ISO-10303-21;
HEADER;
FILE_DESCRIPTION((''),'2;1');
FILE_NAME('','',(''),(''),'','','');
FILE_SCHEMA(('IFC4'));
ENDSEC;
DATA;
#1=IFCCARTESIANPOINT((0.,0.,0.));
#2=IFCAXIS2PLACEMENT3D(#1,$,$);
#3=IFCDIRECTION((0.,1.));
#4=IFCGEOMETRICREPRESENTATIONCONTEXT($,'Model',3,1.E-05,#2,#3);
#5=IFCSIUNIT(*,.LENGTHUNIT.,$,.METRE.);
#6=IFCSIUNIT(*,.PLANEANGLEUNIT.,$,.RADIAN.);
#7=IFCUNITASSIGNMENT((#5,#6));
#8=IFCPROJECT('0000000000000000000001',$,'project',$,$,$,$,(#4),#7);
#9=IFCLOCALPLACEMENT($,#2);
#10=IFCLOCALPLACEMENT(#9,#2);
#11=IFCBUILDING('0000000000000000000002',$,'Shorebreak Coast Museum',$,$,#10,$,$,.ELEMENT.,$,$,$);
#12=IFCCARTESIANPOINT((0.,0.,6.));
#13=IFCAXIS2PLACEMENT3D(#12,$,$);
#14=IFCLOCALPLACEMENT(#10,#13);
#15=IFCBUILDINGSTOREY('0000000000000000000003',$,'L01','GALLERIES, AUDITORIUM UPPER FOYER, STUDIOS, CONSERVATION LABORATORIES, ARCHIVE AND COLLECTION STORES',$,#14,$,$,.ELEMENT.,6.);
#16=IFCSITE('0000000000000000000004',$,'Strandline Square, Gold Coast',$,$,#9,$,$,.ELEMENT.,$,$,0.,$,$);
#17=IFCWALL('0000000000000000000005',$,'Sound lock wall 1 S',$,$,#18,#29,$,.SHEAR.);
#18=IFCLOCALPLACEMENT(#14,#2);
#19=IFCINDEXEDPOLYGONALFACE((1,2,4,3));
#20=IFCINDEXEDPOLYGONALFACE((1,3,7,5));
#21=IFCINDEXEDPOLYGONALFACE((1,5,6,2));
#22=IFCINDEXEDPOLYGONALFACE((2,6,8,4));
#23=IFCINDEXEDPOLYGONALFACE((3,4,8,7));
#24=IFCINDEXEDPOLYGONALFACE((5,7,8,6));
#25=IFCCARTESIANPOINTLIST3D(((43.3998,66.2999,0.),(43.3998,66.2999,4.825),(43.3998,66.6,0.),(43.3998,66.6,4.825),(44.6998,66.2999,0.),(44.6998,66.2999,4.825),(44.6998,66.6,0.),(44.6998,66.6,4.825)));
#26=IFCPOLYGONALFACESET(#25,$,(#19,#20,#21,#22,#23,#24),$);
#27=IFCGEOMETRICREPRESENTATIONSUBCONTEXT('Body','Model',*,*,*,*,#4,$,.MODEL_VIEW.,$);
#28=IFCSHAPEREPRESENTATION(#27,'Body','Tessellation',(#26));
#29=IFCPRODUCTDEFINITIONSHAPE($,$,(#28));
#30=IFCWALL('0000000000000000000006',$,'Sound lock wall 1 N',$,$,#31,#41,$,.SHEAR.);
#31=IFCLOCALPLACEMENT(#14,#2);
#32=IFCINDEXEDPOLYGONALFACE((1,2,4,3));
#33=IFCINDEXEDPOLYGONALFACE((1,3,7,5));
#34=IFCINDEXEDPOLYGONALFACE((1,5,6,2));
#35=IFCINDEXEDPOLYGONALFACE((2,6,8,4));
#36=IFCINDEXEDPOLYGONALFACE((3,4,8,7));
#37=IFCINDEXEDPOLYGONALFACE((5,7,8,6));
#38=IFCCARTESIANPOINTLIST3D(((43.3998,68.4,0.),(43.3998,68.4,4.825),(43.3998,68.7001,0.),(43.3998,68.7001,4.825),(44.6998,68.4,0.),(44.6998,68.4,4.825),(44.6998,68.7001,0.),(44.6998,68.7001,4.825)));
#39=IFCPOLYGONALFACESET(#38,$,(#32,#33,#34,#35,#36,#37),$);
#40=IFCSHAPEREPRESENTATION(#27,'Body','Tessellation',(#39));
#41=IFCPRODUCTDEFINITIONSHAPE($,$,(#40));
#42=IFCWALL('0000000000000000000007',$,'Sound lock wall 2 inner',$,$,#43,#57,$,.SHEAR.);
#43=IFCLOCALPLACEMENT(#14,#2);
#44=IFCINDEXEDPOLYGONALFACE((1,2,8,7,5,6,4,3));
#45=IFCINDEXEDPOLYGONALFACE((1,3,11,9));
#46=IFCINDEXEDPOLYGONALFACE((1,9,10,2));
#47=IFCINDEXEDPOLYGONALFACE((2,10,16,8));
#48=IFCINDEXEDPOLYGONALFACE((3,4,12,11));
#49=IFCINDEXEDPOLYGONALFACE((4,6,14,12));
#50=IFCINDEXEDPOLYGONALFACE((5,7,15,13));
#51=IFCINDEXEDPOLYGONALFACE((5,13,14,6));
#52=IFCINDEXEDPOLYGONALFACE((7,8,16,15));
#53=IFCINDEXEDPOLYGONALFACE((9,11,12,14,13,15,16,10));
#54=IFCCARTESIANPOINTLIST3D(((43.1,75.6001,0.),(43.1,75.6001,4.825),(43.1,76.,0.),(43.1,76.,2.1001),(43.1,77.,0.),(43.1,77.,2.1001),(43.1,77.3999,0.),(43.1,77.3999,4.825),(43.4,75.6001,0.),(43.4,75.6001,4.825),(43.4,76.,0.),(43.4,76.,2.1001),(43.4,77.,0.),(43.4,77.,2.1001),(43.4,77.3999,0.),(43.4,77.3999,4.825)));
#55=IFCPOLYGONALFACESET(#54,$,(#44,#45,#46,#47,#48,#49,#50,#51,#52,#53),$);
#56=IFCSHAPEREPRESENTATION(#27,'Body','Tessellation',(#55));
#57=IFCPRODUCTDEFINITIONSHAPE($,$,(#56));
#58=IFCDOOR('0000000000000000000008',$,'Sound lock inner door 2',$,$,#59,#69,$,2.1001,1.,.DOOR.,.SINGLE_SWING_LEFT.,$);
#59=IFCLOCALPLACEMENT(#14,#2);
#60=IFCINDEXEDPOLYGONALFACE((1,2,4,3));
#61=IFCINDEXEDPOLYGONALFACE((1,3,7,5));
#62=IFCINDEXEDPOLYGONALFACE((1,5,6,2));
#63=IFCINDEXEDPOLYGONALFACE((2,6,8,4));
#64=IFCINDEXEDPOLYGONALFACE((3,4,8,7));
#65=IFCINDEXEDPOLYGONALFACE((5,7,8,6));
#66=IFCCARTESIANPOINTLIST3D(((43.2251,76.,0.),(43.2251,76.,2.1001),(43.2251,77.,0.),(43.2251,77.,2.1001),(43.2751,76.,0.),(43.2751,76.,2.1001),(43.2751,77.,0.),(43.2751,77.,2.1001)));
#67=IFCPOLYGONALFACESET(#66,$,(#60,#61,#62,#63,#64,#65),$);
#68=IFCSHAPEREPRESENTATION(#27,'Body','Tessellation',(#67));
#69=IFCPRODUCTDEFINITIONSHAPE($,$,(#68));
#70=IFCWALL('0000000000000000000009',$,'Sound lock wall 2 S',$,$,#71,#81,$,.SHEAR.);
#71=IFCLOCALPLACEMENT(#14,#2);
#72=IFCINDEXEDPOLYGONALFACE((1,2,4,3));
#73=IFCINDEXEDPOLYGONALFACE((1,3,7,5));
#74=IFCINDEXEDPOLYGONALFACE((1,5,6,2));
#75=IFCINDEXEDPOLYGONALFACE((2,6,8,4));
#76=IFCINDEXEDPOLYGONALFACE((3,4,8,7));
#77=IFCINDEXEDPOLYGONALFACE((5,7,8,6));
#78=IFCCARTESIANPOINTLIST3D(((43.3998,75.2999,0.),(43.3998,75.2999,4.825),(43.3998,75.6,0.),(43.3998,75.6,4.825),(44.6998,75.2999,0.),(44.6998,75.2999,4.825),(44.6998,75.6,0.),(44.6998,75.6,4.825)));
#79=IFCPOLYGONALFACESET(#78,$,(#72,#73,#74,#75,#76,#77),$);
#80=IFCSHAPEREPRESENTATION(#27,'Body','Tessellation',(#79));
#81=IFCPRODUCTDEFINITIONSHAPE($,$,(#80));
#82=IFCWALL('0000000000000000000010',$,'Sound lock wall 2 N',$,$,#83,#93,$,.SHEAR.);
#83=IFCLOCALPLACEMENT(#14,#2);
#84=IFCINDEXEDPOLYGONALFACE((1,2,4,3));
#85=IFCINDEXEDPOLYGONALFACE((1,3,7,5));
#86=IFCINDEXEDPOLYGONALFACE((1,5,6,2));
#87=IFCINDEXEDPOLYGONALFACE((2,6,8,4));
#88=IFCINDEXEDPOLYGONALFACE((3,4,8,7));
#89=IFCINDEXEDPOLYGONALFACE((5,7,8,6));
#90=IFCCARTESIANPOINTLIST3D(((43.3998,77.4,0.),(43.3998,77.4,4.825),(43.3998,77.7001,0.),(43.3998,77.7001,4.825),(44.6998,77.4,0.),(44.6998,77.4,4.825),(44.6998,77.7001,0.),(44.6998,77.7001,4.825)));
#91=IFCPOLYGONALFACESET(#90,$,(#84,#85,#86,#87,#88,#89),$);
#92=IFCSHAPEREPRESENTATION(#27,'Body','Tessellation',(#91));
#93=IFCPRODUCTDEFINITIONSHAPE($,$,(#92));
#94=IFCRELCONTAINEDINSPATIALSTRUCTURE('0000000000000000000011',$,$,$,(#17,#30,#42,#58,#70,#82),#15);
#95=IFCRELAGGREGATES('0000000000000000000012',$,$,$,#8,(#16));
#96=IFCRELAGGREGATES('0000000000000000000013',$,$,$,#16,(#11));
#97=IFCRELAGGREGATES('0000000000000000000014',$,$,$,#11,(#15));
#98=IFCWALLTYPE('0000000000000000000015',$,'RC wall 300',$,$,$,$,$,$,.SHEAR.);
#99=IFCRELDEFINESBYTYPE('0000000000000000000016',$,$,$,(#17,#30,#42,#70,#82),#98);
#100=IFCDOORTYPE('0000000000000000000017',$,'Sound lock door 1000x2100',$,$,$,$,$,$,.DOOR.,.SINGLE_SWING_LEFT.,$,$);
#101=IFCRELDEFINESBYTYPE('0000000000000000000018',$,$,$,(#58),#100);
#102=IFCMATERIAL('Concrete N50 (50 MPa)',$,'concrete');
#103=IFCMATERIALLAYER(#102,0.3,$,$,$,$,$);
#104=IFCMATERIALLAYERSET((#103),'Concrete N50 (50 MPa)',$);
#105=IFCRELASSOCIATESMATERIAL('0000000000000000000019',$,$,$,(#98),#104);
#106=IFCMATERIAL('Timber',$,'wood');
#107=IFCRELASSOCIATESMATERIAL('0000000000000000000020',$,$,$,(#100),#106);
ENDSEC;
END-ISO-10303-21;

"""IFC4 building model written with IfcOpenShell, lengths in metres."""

from ifc_helpers import new_model, si_unit, direction, frame, frame_2d, origin, place, context, subcontext, project, spatial, rectangle, extrude, material, layer, layer_set, type_object, element, fill, save


model = new_model("IFC4")

# Units and contexts
model_context = context("Model", 3, precision=1e-05, world=origin(), true_north=direction((0.0, 1.0)))
body_context = subcontext(model_context, "Body", "Model", "MODEL_VIEW")
ifc_project = project(units=[si_unit("LENGTHUNIT", "METRE"), si_unit("PLANEANGLEUNIT", "RADIAN")], contexts=[model_context])

# Site, building, storey
site_placement = place(None, origin())
site = spatial("IfcSite", under=ifc_project, at=site_placement, Name="Strandline Square, Gold Coast", CompositionType="ELEMENT", RefElevation=0.0)
building_placement = place(site_placement, origin())
building = spatial("IfcBuilding", under=site, at=building_placement, Name="Shorebreak Coast Museum", CompositionType="ELEMENT")
storey_placement = place(building_placement, frame((0.0, 0.0, 6.0)))
storey = spatial("IfcBuildingStorey", under=building, at=storey_placement, Name="L01", Description="GALLERIES, AUDITORIUM UPPER FOYER, STUDIOS, CONSERVATION LABORATORIES, ARCHIVE AND COLLECTION STORES", CompositionType="ELEMENT", Elevation=6.0)

# Shared definitions
ifc_material_1 = material(Name="Concrete N50 (50 MPa)", Category="concrete")
ifc_layer = layer(ifc_material_1, 0.3)
ifc_layer_set = layer_set([ifc_layer], Name="Concrete N50 (50 MPa)")
wall_type = type_object("IfcWallType", Name="RC wall 300", PredefinedType="SHEAR", material=ifc_layer_set)

# Shared definitions
ifc_material_2 = material(Name="Timber", Category="wood")
door_type = type_object("IfcDoorType", Name="Sound lock door 1000x2100", OperationType="SINGLE_SWING_LEFT", PredefinedType="DOOR", material=ifc_material_2)

# Walls
for number, where, z_axis, x_axis, name in (
    (1, (43.3999, 66.45, 0.0), (0.0, 0.0, 1.0), (1.0, 0.0, 0.0), "Sound lock wall 1 S"),
    (2, (43.3999, 68.55, 0.0), (0.0, 0.0, 1.0), (1.0, 0.0, 0.0), "Sound lock wall 1 N"),
):
    element("IfcWall", number, at=place(storey_placement, frame(where, z_axis=z_axis, x_axis=x_axis)), inside=storey, type_object=wall_type, Name=name, PredefinedType="SHEAR", context=body_context, shape_type="SweptSolid", body=[
        extrude(rectangle(XDim=1.3, YDim=0.3, at=frame_2d((0.6499, 0.0))), origin(), (0.0, 0.0, 1.0), 4.825),
    ])

# Wall, opening, door
wall_1_placement = place(storey_placement, frame((43.25, 75.6001, 0.0), z_axis=(0.0, 0.0, 1.0), x_axis=(0.0, 1.0, 0.0)))
wall_1 = element("IfcWall", 3, at=wall_1_placement, inside=storey, type_object=wall_type, Name="Sound lock wall 2 inner", PredefinedType="SHEAR", context=body_context, shape_type="SweptSolid", body=[
    extrude(rectangle(XDim=1.7998, YDim=0.3, at=frame_2d((0.8999, 0.0))), origin(), (0.0, 0.0, 1.0), 4.825),
])
opening_1_placement = place(wall_1_placement, frame((0.3999, 0.0, 0.0)))
opening_1 = element("IfcOpeningElement", 4, at=opening_1_placement, cuts=wall_1, PredefinedType="OPENING", context=body_context, shape_type="SweptSolid", body=[
    extrude(rectangle(XDim=1.0, YDim=2.1001, at=frame_2d((0.5, 1.05))), frame((0.0, 0.1599, 0.0), z_axis=(0.0, -1.0, 0.0), x_axis=(1.0, 0.0, 0.0)), (0.0, 0.0, 1.0), 0.3201),
])
door_1_placement = place(opening_1_placement, origin())
door_1 = element("IfcDoor", 5, at=door_1_placement, inside=storey, type_object=door_type, Name="Sound lock inner door 2", OperationType="SINGLE_SWING_LEFT", OverallHeight=2.1001, OverallWidth=1.0, PredefinedType="DOOR", context=body_context, shape_type="SweptSolid", body=[
    extrude(rectangle(XDim=1.0, YDim=2.1001, at=frame_2d((0.5, 1.05))), frame((0.0, 0.0249, 0.0), z_axis=(0.0, -1.0, 0.0), x_axis=(1.0, 0.0, 0.0)), (0.0, 0.0, 1.0), 0.05),
])
fill(opening_1, door_1)

# Walls
for number, where, z_axis, x_axis, name in (
    (6, (43.3999, 75.45, 0.0), (0.0, 0.0, 1.0), (1.0, 0.0, 0.0), "Sound lock wall 2 S"),
    (7, (43.3999, 77.55, 0.0), (0.0, 0.0, 1.0), (1.0, 0.0, 0.0), "Sound lock wall 2 N"),
):
    element("IfcWall", number, at=place(storey_placement, frame(where, z_axis=z_axis, x_axis=x_axis)), inside=storey, type_object=wall_type, Name=name, PredefinedType="SHEAR", context=body_context, shape_type="SweptSolid", body=[
        extrude(rectangle(XDim=1.3, YDim=0.3, at=frame_2d((0.6499, 0.0))), origin(), (0.0, 0.0, 1.0), 4.825),
    ])

save(model, "model.ifc")
